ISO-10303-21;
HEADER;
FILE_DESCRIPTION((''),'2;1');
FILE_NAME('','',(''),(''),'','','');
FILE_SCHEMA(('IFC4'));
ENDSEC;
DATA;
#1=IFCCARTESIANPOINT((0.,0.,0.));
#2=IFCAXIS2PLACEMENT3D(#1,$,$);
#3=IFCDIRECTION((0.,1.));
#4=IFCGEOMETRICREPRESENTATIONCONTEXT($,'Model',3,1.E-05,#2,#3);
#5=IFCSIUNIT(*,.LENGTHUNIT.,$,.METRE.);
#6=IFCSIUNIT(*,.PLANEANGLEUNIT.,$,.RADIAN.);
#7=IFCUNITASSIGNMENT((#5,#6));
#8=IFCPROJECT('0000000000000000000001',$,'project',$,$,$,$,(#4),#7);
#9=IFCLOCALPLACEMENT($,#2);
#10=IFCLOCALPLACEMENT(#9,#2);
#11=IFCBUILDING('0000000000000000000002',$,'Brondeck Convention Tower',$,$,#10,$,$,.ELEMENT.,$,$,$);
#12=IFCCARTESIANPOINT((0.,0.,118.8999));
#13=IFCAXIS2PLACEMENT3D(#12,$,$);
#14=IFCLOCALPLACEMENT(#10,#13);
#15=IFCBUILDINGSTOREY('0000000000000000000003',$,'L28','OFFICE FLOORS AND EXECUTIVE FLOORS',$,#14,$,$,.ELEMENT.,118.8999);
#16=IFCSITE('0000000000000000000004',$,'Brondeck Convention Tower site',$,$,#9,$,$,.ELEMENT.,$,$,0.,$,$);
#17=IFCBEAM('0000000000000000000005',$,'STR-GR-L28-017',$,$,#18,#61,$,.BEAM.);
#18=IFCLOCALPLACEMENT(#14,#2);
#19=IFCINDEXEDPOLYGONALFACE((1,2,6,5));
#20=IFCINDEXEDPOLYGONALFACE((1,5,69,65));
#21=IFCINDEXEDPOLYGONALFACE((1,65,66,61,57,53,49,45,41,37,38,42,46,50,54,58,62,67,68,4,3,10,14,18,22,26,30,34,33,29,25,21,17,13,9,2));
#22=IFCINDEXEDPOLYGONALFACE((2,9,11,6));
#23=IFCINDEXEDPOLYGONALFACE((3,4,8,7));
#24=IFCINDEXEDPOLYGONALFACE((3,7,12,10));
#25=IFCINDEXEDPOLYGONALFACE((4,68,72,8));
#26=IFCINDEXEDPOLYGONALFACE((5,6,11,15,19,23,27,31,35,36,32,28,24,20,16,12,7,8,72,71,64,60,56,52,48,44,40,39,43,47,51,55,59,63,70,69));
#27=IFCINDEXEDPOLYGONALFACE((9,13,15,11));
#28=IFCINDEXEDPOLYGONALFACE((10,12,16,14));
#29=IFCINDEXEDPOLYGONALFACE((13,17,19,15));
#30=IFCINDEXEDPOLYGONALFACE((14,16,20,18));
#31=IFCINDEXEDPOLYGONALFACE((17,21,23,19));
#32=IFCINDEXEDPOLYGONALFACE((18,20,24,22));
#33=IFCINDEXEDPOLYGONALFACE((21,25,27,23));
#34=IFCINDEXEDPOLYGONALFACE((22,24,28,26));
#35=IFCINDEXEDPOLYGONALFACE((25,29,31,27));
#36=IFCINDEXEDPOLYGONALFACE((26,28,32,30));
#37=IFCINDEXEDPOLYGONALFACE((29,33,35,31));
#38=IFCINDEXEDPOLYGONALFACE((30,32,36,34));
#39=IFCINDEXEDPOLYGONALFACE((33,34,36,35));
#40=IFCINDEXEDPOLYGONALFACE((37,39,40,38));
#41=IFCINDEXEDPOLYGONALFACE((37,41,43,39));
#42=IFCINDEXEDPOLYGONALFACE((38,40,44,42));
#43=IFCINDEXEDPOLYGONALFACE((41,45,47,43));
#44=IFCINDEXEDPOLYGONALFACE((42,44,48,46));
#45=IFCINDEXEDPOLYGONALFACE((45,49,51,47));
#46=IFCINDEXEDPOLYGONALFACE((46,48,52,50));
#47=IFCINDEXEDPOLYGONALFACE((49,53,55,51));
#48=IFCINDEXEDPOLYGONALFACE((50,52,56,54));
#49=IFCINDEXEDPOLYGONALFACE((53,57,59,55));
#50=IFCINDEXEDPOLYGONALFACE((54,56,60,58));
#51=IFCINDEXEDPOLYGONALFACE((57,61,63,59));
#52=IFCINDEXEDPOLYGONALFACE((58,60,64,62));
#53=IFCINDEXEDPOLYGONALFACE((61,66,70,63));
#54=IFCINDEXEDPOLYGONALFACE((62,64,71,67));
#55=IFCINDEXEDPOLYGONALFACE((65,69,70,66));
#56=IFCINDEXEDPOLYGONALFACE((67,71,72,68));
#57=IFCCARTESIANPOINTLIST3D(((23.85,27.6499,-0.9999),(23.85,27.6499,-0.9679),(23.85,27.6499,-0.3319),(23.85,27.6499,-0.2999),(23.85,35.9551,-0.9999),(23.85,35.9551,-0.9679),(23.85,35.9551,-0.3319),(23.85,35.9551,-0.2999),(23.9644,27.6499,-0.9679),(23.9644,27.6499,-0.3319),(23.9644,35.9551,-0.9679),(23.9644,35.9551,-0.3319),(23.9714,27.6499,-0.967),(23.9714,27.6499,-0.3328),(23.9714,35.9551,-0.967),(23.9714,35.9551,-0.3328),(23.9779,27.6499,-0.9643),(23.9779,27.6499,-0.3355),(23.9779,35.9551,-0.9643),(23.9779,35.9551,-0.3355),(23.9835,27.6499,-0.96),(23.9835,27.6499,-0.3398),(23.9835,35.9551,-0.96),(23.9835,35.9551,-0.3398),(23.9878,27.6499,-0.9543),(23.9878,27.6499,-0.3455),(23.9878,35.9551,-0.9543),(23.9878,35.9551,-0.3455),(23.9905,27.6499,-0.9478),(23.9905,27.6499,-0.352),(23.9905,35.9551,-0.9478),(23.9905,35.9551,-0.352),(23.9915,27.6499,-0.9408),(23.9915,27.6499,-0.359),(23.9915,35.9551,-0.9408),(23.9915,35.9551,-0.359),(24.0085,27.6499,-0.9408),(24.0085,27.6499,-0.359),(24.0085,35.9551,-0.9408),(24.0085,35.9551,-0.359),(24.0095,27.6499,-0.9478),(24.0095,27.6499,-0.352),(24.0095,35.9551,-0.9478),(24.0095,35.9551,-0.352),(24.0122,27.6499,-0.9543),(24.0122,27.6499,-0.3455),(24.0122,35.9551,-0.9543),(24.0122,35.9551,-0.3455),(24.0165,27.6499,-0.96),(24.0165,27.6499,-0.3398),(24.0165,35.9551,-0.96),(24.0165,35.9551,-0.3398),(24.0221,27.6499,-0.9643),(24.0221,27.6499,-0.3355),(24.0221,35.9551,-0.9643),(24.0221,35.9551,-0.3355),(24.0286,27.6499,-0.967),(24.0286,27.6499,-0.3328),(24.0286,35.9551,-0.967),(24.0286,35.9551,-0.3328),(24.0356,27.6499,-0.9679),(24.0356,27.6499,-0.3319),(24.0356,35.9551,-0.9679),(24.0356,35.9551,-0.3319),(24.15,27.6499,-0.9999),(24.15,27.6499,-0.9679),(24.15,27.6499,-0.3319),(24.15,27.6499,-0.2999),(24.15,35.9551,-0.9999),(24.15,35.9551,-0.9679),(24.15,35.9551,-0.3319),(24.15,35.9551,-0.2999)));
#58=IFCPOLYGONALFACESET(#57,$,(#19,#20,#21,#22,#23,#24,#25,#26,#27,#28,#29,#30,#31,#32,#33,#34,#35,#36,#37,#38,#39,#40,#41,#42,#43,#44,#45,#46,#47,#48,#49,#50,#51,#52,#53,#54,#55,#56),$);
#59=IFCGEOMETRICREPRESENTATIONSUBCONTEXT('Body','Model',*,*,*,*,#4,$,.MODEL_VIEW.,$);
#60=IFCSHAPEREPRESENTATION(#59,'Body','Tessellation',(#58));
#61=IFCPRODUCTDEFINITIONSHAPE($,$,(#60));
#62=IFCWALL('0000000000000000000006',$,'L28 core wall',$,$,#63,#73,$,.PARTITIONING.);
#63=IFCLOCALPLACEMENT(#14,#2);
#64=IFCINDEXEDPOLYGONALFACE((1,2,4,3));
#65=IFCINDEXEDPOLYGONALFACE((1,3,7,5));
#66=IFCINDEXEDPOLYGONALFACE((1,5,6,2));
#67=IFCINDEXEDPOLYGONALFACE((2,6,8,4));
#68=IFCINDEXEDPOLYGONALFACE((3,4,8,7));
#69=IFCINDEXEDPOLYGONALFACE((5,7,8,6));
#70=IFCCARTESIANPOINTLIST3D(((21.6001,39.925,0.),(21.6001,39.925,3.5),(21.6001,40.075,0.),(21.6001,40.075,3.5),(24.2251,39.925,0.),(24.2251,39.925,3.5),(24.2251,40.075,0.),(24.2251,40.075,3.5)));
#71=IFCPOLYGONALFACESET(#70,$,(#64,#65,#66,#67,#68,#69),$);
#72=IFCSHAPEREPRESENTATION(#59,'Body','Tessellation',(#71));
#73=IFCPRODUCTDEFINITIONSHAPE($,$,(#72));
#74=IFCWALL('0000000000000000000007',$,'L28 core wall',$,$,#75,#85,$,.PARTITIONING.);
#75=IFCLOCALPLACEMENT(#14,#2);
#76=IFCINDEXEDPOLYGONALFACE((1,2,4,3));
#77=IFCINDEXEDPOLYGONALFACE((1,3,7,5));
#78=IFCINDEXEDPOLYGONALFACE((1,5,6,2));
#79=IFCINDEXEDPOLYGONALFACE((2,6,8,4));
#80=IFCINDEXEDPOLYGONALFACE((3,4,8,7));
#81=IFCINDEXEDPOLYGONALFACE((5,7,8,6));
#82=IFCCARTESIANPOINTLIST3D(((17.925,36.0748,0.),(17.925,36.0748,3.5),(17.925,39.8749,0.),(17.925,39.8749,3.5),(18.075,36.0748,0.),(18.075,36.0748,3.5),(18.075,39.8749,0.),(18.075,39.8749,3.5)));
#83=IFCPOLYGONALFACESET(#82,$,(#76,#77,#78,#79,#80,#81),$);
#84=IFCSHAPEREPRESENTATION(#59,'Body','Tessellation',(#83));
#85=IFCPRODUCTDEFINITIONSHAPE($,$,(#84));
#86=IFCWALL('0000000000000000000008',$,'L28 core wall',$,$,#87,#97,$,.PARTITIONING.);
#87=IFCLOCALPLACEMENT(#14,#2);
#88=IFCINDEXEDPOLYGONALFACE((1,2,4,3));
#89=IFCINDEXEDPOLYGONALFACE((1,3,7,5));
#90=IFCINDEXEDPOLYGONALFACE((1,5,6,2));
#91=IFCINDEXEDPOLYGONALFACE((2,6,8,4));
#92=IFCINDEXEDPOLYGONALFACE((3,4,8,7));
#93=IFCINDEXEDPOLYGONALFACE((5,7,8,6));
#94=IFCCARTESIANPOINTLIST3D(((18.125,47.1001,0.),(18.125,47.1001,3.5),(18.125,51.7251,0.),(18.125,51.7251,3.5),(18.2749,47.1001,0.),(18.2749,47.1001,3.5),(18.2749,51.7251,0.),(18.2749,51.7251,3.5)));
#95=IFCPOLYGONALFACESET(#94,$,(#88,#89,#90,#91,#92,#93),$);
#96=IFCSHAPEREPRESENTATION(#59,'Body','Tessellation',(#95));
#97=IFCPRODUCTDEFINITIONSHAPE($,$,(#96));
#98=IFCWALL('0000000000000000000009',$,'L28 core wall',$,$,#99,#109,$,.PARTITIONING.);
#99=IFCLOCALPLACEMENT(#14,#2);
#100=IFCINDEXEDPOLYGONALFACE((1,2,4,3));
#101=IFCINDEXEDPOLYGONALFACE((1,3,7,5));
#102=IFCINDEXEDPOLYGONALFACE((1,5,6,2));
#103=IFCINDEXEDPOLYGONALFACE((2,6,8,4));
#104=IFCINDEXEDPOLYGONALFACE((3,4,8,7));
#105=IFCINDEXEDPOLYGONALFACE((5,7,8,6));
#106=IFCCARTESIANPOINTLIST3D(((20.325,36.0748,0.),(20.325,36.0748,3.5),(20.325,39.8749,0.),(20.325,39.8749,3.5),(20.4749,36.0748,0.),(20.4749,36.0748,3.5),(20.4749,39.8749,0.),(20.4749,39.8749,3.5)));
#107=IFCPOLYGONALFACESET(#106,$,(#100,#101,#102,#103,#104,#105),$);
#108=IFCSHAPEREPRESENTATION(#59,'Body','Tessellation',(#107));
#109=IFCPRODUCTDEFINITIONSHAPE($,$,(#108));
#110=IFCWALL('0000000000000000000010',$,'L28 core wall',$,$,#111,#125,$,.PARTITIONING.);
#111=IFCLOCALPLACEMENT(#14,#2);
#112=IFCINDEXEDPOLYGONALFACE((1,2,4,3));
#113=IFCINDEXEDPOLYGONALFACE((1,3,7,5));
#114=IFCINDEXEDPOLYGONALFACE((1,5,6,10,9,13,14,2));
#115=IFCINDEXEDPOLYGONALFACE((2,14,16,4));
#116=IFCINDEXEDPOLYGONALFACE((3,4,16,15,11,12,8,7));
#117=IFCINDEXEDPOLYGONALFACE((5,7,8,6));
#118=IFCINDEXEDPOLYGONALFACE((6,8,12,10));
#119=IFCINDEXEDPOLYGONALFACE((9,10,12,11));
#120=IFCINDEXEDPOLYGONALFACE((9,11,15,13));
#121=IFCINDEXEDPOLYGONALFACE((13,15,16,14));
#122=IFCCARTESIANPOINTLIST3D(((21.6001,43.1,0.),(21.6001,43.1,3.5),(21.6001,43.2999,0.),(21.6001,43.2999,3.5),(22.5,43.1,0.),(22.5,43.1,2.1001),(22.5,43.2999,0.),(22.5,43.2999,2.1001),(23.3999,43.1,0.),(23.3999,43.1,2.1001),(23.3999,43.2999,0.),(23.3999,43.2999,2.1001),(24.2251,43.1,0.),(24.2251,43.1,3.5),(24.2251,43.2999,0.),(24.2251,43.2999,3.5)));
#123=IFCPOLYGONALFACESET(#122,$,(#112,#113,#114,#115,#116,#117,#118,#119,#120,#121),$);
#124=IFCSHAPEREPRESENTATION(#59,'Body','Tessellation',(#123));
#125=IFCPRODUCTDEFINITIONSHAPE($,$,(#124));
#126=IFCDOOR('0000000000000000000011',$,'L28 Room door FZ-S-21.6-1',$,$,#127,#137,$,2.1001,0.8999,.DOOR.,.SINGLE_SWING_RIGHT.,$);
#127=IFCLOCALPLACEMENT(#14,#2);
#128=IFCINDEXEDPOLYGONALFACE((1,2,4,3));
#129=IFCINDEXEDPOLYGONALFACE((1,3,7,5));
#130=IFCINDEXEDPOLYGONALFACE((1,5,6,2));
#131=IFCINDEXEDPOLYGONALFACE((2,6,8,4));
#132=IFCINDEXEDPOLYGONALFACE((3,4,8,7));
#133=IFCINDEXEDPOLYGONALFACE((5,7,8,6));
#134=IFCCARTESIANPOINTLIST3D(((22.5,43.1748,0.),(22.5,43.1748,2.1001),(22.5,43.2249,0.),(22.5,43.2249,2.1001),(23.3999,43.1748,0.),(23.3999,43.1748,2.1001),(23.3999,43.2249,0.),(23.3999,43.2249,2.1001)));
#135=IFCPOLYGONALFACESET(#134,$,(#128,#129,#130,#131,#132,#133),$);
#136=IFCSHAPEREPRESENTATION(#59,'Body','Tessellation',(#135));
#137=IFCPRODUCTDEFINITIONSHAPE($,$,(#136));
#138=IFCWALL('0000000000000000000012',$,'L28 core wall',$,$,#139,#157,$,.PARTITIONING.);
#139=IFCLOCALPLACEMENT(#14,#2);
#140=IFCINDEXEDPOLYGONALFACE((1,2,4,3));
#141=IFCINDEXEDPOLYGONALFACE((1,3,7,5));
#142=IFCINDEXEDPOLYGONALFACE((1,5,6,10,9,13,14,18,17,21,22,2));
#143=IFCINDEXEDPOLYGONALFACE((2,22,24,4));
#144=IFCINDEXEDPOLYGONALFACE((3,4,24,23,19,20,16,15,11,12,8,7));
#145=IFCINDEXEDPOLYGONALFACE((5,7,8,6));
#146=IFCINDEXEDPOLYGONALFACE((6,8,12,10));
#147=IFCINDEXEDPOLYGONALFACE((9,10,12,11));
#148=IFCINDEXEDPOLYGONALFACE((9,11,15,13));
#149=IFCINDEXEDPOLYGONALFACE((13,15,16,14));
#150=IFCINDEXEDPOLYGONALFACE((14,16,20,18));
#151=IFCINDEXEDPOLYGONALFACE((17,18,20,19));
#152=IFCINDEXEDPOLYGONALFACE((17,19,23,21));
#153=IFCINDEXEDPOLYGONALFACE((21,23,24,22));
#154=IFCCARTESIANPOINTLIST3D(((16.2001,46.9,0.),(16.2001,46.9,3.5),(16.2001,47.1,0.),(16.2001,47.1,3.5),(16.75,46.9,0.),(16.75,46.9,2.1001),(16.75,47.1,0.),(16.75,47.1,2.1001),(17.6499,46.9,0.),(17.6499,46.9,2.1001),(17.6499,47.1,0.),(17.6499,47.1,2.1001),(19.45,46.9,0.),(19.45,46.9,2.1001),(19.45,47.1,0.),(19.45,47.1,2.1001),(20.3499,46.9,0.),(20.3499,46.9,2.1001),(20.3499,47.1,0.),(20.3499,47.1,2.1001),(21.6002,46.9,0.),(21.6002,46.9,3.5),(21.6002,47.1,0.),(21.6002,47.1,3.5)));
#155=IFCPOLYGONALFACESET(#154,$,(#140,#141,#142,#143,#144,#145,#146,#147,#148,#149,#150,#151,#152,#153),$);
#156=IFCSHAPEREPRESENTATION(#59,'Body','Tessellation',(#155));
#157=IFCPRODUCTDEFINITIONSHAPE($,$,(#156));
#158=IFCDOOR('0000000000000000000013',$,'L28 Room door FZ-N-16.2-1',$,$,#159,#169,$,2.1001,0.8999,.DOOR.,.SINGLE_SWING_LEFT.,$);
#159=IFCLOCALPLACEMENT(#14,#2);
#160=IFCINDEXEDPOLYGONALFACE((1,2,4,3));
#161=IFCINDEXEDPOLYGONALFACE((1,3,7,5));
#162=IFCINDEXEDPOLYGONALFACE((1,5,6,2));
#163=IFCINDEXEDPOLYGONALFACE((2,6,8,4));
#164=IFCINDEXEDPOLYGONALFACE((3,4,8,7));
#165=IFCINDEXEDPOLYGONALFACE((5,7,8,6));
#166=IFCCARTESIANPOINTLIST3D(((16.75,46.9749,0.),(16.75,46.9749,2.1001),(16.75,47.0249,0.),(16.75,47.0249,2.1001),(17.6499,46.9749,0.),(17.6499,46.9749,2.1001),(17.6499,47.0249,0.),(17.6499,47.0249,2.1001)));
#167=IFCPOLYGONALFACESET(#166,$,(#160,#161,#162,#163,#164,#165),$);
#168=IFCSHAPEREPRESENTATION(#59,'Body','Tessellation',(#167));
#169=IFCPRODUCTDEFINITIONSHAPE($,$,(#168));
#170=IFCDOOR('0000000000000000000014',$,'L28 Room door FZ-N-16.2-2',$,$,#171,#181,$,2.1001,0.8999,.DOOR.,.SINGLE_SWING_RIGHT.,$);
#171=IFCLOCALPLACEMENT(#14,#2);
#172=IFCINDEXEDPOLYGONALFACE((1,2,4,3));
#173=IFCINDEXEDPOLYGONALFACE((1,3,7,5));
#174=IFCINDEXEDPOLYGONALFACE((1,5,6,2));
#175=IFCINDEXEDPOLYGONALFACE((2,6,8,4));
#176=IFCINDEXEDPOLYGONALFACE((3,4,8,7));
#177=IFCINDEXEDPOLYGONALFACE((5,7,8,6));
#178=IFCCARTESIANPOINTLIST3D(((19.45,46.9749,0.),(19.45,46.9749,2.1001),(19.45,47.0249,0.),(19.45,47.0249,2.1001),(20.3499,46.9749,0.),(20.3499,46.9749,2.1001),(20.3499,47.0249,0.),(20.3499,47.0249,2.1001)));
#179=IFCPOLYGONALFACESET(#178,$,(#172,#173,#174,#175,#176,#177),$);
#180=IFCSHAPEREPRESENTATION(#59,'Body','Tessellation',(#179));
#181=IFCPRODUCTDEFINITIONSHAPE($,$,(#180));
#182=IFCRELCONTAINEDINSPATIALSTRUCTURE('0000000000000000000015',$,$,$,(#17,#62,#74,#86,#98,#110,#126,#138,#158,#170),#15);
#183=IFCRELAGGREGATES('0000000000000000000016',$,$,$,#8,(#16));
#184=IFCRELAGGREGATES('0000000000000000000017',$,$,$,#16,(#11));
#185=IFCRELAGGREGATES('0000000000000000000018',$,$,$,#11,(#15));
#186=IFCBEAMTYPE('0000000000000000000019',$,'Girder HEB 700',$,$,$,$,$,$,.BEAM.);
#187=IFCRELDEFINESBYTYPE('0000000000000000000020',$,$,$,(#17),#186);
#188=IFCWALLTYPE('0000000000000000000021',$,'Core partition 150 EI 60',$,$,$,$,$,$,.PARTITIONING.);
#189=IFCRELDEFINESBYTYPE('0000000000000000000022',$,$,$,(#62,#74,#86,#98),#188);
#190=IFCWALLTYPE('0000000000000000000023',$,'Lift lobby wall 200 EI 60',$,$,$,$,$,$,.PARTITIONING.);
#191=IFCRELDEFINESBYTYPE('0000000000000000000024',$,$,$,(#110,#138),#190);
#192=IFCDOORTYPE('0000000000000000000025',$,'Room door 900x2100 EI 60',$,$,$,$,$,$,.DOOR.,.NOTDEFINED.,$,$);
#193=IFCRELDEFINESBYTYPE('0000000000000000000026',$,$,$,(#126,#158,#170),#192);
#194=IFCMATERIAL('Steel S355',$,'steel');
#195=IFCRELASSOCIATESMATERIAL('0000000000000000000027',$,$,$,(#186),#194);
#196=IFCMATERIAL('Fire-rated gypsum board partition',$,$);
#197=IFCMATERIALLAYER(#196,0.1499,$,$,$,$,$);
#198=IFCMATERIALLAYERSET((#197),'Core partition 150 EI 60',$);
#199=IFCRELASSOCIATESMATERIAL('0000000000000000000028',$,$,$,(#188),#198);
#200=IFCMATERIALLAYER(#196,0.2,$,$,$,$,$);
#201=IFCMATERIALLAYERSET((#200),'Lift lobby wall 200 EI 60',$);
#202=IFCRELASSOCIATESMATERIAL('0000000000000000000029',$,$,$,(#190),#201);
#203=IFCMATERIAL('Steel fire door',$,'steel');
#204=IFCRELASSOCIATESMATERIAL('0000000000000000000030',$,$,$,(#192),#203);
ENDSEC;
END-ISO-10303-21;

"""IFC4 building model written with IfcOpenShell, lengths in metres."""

from ifc_helpers import new_model, si_unit, direction, frame, frame_2d, origin, origin_2d, place, context, subcontext, project, spatial, rectangle, i_section, extrude, material, layer, layer_set, material_profile, profile_set, type_object, element, fill, save


model = new_model("IFC4")

# Units and contexts
model_context = context("Model", 3, precision=1e-05, world=origin(), true_north=direction((0.0, 1.0)))
body_context = subcontext(model_context, "Body", "Model", "MODEL_VIEW")
ifc_project = project(units=[si_unit("LENGTHUNIT", "METRE"), si_unit("PLANEANGLEUNIT", "RADIAN")], contexts=[model_context])

# Site, building, storey
site_placement = place(None, origin())
site = spatial("IfcSite", under=ifc_project, at=site_placement, Name="Brondeck Convention Tower site", CompositionType="ELEMENT", RefElevation=0.0)
building_placement = place(site_placement, origin())
building = spatial("IfcBuilding", under=site, at=building_placement, Name="Brondeck Convention Tower", CompositionType="ELEMENT")
storey_placement = place(building_placement, frame((0.0, 0.0, 118.8999)))
storey = spatial("IfcBuildingStorey", under=building, at=storey_placement, Name="L28", Description="OFFICE FLOORS AND EXECUTIVE FLOORS", CompositionType="ELEMENT", Elevation=118.8999)

# Beam
ifc_material_1 = material(Name="Steel S355", Category="steel")
ifc_material_profile = material_profile(ifc_material_1, i_section(OverallWidth=0.3, OverallDepth=0.7, WebThickness=0.0171, FlangeThickness=0.032, FilletRadius=0.0271, at=origin_2d()), Name="HEB 700")
ifc_profile_set = profile_set([ifc_material_profile], Name="Steel S355")
beam_type = type_object("IfcBeamType", Name="Girder HEB 700", PredefinedType="BEAM", material=ifc_profile_set)
beam_placement = place(storey_placement, frame((24.0, 35.9551, -0.6499), z_axis=(0.0, -1.0, 0.0), x_axis=(1.0, 0.0, 0.0)))
element("IfcBeam", 1, at=beam_placement, inside=storey, type_object=beam_type, Name="STR-GR-L28-017", PredefinedType="BEAM", context=body_context, shape_type="SweptSolid", body=[
    extrude(i_section(OverallWidth=0.3, OverallDepth=0.7, WebThickness=0.0171, FlangeThickness=0.032, FilletRadius=0.0271, at=origin_2d()), origin(), (0.0, 0.0, 1.0), 8.3052),
])

# Walls
ifc_material_2 = material(Name="Fire-rated gypsum board partition")
ifc_layer_1 = layer(ifc_material_2, 0.1499)
ifc_layer_set_1 = layer_set([ifc_layer_1], Name="Core partition 150 EI 60")
wall_type_1 = type_object("IfcWallType", Name="Core partition 150 EI 60", PredefinedType="PARTITIONING", material=ifc_layer_set_1)
wall_1_placement = place(storey_placement, frame((21.6001, 40.0, 0.0), z_axis=(0.0, 0.0, 1.0), x_axis=(1.0, 0.0, 0.0)))
element("IfcWall", 2, at=wall_1_placement, inside=storey, type_object=wall_type_1, Name="L28 core wall", PredefinedType="PARTITIONING", context=body_context, shape_type="SweptSolid", body=[
    extrude(rectangle(XDim=2.625, YDim=0.1499, at=frame_2d((1.3125, 0.0))), origin(), (0.0, 0.0, 1.0), 3.5),
])
wall_2_placement = place(storey_placement, frame((18.0, 36.075, 0.0), z_axis=(0.0, 0.0, 1.0), x_axis=(0.0, 1.0, 0.0)))
element("IfcWall", 3, at=wall_2_placement, inside=storey, type_object=wall_type_1, Name="L28 core wall", PredefinedType="PARTITIONING", context=body_context, shape_type="SweptSolid", body=[
    extrude(rectangle(XDim=3.8, YDim=0.1499, at=frame_2d((1.8999, 0.0))), origin(), (0.0, 0.0, 1.0), 3.5),
])
wall_3_placement = place(storey_placement, frame((18.2, 47.1001, 0.0), z_axis=(0.0, 0.0, 1.0), x_axis=(0.0, 1.0, 0.0)))
element("IfcWall", 4, at=wall_3_placement, inside=storey, type_object=wall_type_1, Name="L28 core wall", PredefinedType="PARTITIONING", context=body_context, shape_type="SweptSolid", body=[
    extrude(rectangle(XDim=4.625, YDim=0.1499, at=frame_2d((2.3125, 0.0))), origin(), (0.0, 0.0, 1.0), 3.5),
])
wall_4_placement = place(storey_placement, frame((20.3999, 36.075, 0.0), z_axis=(0.0, 0.0, 1.0), x_axis=(0.0, 1.0, 0.0)))
element("IfcWall", 5, at=wall_4_placement, inside=storey, type_object=wall_type_1, Name="L28 core wall", PredefinedType="PARTITIONING", context=body_context, shape_type="SweptSolid", body=[
    extrude(rectangle(XDim=3.8, YDim=0.1499, at=frame_2d((1.8999, 0.0))), origin(), (0.0, 0.0, 1.0), 3.5),
])

# Wall, opening, door
ifc_layer_2 = layer(ifc_material_2, 0.2)
ifc_layer_set_2 = layer_set([ifc_layer_2], Name="Lift lobby wall 200 EI 60")
wall_type_2 = type_object("IfcWallType", Name="Lift lobby wall 200 EI 60", PredefinedType="PARTITIONING", material=ifc_layer_set_2)
wall_5_placement = place(storey_placement, frame((21.6001, 43.2, 0.0), z_axis=(0.0, 0.0, 1.0), x_axis=(1.0, 0.0, 0.0)))
wall_5 = element("IfcWall", 6, at=wall_5_placement, inside=storey, type_object=wall_type_2, Name="L28 core wall", PredefinedType="PARTITIONING", context=body_context, shape_type="SweptSolid", body=[
    extrude(rectangle(XDim=2.625, YDim=0.2, at=frame_2d((1.3125, 0.0))), origin(), (0.0, 0.0, 1.0), 3.5),
])
opening_1_placement = place(wall_5_placement, frame((0.8999, 0.0, 0.0)))
opening_1 = element("IfcOpeningElement", 7, at=opening_1_placement, cuts=wall_5, PredefinedType="OPENING", context=body_context, shape_type="SweptSolid", body=[
    extrude(rectangle(XDim=0.8999, YDim=2.1001, at=frame_2d((0.45, 1.05))), frame((0.0, 0.1099, 0.0), z_axis=(0.0, -1.0, 0.0), x_axis=(1.0, 0.0, 0.0)), (0.0, 0.0, 1.0), 0.22),
])
ifc_material_3 = material(Name="Steel fire door", Category="steel")
door_type_1 = type_object("IfcDoorType", Name="Room door 900x2100 EI 60", OperationType="NOTDEFINED", PredefinedType="DOOR", material=ifc_material_3)
door_1_placement = place(opening_1_placement, origin())
door_1 = element("IfcDoor", 8, at=door_1_placement, inside=storey, type_object=door_type_1, Name="L28 Room door FZ-S-21.6-1", OperationType="SINGLE_SWING_RIGHT", OverallHeight=2.1001, OverallWidth=0.8999, PredefinedType="DOOR", context=body_context, shape_type="SweptSolid", body=[
    extrude(rectangle(XDim=0.8999, YDim=2.1001, at=frame_2d((0.45, 1.05))), frame((0.0, 0.0249, 0.0), z_axis=(0.0, -1.0, 0.0), x_axis=(1.0, 0.0, 0.0)), (0.0, 0.0, 1.0), 0.05),
])
fill(opening_1, door_1)

# Wall, openings, doors
wall_6_placement = place(storey_placement, frame((16.2, 47.0, 0.0), z_axis=(0.0, 0.0, 1.0), x_axis=(1.0, 0.0, 0.0)))
wall_6 = element("IfcWall", 9, at=wall_6_placement, inside=storey, type_object=wall_type_2, Name="L28 core wall", PredefinedType="PARTITIONING", context=body_context, shape_type="SweptSolid", body=[
    extrude(rectangle(XDim=5.4001, YDim=0.2, at=frame_2d((2.7002, 0.0))), origin(), (0.0, 0.0, 1.0), 3.5),
])
opening_2_placement = place(wall_6_placement, frame((0.55, 0.0, 0.0)))
opening_2 = element("IfcOpeningElement", 10, at=opening_2_placement, cuts=wall_6, PredefinedType="OPENING", context=body_context, shape_type="SweptSolid", body=[
    extrude(rectangle(XDim=0.8999, YDim=2.1001, at=frame_2d((0.45, 1.05))), frame((0.0, 0.1099, 0.0), z_axis=(0.0, -1.0, 0.0), x_axis=(1.0, 0.0, 0.0)), (0.0, 0.0, 1.0), 0.22),
])
opening_3_placement = place(wall_6_placement, frame((3.25, 0.0, 0.0)))
opening_3 = element("IfcOpeningElement", 11, at=opening_3_placement, cuts=wall_6, PredefinedType="OPENING", context=body_context, shape_type="SweptSolid", body=[
    extrude(rectangle(XDim=0.8999, YDim=2.1001, at=frame_2d((0.45, 1.05))), frame((0.0, 0.1099, 0.0), z_axis=(0.0, -1.0, 0.0), x_axis=(1.0, 0.0, 0.0)), (0.0, 0.0, 1.0), 0.22),
])
door_2_placement = place(opening_2_placement, origin())
door_2 = element("IfcDoor", 12, at=door_2_placement, inside=storey, type_object=door_type_1, Name="L28 Room door FZ-N-16.2-1", OperationType="SINGLE_SWING_LEFT", OverallHeight=2.1001, OverallWidth=0.8999, PredefinedType="DOOR", context=body_context, shape_type="SweptSolid", body=[
    extrude(rectangle(XDim=0.8999, YDim=2.1001, at=frame_2d((0.45, 1.05))), frame((0.0, 0.0249, 0.0), z_axis=(0.0, -1.0, 0.0), x_axis=(1.0, 0.0, 0.0)), (0.0, 0.0, 1.0), 0.05),
])
fill(opening_2, door_2)
door_3_placement = place(opening_3_placement, origin())
door_3 = element("IfcDoor", 13, at=door_3_placement, inside=storey, type_object=door_type_1, Name="L28 Room door FZ-N-16.2-2", OperationType="SINGLE_SWING_RIGHT", OverallHeight=2.1001, OverallWidth=0.8999, PredefinedType="DOOR", context=body_context, shape_type="SweptSolid", body=[
    extrude(rectangle(XDim=0.8999, YDim=2.1001, at=frame_2d((0.45, 1.05))), frame((0.0, 0.0249, 0.0), z_axis=(0.0, -1.0, 0.0), x_axis=(1.0, 0.0, 0.0)), (0.0, 0.0, 1.0), 0.05),
])
fill(opening_3, door_3)

save(model, "model.ifc")
